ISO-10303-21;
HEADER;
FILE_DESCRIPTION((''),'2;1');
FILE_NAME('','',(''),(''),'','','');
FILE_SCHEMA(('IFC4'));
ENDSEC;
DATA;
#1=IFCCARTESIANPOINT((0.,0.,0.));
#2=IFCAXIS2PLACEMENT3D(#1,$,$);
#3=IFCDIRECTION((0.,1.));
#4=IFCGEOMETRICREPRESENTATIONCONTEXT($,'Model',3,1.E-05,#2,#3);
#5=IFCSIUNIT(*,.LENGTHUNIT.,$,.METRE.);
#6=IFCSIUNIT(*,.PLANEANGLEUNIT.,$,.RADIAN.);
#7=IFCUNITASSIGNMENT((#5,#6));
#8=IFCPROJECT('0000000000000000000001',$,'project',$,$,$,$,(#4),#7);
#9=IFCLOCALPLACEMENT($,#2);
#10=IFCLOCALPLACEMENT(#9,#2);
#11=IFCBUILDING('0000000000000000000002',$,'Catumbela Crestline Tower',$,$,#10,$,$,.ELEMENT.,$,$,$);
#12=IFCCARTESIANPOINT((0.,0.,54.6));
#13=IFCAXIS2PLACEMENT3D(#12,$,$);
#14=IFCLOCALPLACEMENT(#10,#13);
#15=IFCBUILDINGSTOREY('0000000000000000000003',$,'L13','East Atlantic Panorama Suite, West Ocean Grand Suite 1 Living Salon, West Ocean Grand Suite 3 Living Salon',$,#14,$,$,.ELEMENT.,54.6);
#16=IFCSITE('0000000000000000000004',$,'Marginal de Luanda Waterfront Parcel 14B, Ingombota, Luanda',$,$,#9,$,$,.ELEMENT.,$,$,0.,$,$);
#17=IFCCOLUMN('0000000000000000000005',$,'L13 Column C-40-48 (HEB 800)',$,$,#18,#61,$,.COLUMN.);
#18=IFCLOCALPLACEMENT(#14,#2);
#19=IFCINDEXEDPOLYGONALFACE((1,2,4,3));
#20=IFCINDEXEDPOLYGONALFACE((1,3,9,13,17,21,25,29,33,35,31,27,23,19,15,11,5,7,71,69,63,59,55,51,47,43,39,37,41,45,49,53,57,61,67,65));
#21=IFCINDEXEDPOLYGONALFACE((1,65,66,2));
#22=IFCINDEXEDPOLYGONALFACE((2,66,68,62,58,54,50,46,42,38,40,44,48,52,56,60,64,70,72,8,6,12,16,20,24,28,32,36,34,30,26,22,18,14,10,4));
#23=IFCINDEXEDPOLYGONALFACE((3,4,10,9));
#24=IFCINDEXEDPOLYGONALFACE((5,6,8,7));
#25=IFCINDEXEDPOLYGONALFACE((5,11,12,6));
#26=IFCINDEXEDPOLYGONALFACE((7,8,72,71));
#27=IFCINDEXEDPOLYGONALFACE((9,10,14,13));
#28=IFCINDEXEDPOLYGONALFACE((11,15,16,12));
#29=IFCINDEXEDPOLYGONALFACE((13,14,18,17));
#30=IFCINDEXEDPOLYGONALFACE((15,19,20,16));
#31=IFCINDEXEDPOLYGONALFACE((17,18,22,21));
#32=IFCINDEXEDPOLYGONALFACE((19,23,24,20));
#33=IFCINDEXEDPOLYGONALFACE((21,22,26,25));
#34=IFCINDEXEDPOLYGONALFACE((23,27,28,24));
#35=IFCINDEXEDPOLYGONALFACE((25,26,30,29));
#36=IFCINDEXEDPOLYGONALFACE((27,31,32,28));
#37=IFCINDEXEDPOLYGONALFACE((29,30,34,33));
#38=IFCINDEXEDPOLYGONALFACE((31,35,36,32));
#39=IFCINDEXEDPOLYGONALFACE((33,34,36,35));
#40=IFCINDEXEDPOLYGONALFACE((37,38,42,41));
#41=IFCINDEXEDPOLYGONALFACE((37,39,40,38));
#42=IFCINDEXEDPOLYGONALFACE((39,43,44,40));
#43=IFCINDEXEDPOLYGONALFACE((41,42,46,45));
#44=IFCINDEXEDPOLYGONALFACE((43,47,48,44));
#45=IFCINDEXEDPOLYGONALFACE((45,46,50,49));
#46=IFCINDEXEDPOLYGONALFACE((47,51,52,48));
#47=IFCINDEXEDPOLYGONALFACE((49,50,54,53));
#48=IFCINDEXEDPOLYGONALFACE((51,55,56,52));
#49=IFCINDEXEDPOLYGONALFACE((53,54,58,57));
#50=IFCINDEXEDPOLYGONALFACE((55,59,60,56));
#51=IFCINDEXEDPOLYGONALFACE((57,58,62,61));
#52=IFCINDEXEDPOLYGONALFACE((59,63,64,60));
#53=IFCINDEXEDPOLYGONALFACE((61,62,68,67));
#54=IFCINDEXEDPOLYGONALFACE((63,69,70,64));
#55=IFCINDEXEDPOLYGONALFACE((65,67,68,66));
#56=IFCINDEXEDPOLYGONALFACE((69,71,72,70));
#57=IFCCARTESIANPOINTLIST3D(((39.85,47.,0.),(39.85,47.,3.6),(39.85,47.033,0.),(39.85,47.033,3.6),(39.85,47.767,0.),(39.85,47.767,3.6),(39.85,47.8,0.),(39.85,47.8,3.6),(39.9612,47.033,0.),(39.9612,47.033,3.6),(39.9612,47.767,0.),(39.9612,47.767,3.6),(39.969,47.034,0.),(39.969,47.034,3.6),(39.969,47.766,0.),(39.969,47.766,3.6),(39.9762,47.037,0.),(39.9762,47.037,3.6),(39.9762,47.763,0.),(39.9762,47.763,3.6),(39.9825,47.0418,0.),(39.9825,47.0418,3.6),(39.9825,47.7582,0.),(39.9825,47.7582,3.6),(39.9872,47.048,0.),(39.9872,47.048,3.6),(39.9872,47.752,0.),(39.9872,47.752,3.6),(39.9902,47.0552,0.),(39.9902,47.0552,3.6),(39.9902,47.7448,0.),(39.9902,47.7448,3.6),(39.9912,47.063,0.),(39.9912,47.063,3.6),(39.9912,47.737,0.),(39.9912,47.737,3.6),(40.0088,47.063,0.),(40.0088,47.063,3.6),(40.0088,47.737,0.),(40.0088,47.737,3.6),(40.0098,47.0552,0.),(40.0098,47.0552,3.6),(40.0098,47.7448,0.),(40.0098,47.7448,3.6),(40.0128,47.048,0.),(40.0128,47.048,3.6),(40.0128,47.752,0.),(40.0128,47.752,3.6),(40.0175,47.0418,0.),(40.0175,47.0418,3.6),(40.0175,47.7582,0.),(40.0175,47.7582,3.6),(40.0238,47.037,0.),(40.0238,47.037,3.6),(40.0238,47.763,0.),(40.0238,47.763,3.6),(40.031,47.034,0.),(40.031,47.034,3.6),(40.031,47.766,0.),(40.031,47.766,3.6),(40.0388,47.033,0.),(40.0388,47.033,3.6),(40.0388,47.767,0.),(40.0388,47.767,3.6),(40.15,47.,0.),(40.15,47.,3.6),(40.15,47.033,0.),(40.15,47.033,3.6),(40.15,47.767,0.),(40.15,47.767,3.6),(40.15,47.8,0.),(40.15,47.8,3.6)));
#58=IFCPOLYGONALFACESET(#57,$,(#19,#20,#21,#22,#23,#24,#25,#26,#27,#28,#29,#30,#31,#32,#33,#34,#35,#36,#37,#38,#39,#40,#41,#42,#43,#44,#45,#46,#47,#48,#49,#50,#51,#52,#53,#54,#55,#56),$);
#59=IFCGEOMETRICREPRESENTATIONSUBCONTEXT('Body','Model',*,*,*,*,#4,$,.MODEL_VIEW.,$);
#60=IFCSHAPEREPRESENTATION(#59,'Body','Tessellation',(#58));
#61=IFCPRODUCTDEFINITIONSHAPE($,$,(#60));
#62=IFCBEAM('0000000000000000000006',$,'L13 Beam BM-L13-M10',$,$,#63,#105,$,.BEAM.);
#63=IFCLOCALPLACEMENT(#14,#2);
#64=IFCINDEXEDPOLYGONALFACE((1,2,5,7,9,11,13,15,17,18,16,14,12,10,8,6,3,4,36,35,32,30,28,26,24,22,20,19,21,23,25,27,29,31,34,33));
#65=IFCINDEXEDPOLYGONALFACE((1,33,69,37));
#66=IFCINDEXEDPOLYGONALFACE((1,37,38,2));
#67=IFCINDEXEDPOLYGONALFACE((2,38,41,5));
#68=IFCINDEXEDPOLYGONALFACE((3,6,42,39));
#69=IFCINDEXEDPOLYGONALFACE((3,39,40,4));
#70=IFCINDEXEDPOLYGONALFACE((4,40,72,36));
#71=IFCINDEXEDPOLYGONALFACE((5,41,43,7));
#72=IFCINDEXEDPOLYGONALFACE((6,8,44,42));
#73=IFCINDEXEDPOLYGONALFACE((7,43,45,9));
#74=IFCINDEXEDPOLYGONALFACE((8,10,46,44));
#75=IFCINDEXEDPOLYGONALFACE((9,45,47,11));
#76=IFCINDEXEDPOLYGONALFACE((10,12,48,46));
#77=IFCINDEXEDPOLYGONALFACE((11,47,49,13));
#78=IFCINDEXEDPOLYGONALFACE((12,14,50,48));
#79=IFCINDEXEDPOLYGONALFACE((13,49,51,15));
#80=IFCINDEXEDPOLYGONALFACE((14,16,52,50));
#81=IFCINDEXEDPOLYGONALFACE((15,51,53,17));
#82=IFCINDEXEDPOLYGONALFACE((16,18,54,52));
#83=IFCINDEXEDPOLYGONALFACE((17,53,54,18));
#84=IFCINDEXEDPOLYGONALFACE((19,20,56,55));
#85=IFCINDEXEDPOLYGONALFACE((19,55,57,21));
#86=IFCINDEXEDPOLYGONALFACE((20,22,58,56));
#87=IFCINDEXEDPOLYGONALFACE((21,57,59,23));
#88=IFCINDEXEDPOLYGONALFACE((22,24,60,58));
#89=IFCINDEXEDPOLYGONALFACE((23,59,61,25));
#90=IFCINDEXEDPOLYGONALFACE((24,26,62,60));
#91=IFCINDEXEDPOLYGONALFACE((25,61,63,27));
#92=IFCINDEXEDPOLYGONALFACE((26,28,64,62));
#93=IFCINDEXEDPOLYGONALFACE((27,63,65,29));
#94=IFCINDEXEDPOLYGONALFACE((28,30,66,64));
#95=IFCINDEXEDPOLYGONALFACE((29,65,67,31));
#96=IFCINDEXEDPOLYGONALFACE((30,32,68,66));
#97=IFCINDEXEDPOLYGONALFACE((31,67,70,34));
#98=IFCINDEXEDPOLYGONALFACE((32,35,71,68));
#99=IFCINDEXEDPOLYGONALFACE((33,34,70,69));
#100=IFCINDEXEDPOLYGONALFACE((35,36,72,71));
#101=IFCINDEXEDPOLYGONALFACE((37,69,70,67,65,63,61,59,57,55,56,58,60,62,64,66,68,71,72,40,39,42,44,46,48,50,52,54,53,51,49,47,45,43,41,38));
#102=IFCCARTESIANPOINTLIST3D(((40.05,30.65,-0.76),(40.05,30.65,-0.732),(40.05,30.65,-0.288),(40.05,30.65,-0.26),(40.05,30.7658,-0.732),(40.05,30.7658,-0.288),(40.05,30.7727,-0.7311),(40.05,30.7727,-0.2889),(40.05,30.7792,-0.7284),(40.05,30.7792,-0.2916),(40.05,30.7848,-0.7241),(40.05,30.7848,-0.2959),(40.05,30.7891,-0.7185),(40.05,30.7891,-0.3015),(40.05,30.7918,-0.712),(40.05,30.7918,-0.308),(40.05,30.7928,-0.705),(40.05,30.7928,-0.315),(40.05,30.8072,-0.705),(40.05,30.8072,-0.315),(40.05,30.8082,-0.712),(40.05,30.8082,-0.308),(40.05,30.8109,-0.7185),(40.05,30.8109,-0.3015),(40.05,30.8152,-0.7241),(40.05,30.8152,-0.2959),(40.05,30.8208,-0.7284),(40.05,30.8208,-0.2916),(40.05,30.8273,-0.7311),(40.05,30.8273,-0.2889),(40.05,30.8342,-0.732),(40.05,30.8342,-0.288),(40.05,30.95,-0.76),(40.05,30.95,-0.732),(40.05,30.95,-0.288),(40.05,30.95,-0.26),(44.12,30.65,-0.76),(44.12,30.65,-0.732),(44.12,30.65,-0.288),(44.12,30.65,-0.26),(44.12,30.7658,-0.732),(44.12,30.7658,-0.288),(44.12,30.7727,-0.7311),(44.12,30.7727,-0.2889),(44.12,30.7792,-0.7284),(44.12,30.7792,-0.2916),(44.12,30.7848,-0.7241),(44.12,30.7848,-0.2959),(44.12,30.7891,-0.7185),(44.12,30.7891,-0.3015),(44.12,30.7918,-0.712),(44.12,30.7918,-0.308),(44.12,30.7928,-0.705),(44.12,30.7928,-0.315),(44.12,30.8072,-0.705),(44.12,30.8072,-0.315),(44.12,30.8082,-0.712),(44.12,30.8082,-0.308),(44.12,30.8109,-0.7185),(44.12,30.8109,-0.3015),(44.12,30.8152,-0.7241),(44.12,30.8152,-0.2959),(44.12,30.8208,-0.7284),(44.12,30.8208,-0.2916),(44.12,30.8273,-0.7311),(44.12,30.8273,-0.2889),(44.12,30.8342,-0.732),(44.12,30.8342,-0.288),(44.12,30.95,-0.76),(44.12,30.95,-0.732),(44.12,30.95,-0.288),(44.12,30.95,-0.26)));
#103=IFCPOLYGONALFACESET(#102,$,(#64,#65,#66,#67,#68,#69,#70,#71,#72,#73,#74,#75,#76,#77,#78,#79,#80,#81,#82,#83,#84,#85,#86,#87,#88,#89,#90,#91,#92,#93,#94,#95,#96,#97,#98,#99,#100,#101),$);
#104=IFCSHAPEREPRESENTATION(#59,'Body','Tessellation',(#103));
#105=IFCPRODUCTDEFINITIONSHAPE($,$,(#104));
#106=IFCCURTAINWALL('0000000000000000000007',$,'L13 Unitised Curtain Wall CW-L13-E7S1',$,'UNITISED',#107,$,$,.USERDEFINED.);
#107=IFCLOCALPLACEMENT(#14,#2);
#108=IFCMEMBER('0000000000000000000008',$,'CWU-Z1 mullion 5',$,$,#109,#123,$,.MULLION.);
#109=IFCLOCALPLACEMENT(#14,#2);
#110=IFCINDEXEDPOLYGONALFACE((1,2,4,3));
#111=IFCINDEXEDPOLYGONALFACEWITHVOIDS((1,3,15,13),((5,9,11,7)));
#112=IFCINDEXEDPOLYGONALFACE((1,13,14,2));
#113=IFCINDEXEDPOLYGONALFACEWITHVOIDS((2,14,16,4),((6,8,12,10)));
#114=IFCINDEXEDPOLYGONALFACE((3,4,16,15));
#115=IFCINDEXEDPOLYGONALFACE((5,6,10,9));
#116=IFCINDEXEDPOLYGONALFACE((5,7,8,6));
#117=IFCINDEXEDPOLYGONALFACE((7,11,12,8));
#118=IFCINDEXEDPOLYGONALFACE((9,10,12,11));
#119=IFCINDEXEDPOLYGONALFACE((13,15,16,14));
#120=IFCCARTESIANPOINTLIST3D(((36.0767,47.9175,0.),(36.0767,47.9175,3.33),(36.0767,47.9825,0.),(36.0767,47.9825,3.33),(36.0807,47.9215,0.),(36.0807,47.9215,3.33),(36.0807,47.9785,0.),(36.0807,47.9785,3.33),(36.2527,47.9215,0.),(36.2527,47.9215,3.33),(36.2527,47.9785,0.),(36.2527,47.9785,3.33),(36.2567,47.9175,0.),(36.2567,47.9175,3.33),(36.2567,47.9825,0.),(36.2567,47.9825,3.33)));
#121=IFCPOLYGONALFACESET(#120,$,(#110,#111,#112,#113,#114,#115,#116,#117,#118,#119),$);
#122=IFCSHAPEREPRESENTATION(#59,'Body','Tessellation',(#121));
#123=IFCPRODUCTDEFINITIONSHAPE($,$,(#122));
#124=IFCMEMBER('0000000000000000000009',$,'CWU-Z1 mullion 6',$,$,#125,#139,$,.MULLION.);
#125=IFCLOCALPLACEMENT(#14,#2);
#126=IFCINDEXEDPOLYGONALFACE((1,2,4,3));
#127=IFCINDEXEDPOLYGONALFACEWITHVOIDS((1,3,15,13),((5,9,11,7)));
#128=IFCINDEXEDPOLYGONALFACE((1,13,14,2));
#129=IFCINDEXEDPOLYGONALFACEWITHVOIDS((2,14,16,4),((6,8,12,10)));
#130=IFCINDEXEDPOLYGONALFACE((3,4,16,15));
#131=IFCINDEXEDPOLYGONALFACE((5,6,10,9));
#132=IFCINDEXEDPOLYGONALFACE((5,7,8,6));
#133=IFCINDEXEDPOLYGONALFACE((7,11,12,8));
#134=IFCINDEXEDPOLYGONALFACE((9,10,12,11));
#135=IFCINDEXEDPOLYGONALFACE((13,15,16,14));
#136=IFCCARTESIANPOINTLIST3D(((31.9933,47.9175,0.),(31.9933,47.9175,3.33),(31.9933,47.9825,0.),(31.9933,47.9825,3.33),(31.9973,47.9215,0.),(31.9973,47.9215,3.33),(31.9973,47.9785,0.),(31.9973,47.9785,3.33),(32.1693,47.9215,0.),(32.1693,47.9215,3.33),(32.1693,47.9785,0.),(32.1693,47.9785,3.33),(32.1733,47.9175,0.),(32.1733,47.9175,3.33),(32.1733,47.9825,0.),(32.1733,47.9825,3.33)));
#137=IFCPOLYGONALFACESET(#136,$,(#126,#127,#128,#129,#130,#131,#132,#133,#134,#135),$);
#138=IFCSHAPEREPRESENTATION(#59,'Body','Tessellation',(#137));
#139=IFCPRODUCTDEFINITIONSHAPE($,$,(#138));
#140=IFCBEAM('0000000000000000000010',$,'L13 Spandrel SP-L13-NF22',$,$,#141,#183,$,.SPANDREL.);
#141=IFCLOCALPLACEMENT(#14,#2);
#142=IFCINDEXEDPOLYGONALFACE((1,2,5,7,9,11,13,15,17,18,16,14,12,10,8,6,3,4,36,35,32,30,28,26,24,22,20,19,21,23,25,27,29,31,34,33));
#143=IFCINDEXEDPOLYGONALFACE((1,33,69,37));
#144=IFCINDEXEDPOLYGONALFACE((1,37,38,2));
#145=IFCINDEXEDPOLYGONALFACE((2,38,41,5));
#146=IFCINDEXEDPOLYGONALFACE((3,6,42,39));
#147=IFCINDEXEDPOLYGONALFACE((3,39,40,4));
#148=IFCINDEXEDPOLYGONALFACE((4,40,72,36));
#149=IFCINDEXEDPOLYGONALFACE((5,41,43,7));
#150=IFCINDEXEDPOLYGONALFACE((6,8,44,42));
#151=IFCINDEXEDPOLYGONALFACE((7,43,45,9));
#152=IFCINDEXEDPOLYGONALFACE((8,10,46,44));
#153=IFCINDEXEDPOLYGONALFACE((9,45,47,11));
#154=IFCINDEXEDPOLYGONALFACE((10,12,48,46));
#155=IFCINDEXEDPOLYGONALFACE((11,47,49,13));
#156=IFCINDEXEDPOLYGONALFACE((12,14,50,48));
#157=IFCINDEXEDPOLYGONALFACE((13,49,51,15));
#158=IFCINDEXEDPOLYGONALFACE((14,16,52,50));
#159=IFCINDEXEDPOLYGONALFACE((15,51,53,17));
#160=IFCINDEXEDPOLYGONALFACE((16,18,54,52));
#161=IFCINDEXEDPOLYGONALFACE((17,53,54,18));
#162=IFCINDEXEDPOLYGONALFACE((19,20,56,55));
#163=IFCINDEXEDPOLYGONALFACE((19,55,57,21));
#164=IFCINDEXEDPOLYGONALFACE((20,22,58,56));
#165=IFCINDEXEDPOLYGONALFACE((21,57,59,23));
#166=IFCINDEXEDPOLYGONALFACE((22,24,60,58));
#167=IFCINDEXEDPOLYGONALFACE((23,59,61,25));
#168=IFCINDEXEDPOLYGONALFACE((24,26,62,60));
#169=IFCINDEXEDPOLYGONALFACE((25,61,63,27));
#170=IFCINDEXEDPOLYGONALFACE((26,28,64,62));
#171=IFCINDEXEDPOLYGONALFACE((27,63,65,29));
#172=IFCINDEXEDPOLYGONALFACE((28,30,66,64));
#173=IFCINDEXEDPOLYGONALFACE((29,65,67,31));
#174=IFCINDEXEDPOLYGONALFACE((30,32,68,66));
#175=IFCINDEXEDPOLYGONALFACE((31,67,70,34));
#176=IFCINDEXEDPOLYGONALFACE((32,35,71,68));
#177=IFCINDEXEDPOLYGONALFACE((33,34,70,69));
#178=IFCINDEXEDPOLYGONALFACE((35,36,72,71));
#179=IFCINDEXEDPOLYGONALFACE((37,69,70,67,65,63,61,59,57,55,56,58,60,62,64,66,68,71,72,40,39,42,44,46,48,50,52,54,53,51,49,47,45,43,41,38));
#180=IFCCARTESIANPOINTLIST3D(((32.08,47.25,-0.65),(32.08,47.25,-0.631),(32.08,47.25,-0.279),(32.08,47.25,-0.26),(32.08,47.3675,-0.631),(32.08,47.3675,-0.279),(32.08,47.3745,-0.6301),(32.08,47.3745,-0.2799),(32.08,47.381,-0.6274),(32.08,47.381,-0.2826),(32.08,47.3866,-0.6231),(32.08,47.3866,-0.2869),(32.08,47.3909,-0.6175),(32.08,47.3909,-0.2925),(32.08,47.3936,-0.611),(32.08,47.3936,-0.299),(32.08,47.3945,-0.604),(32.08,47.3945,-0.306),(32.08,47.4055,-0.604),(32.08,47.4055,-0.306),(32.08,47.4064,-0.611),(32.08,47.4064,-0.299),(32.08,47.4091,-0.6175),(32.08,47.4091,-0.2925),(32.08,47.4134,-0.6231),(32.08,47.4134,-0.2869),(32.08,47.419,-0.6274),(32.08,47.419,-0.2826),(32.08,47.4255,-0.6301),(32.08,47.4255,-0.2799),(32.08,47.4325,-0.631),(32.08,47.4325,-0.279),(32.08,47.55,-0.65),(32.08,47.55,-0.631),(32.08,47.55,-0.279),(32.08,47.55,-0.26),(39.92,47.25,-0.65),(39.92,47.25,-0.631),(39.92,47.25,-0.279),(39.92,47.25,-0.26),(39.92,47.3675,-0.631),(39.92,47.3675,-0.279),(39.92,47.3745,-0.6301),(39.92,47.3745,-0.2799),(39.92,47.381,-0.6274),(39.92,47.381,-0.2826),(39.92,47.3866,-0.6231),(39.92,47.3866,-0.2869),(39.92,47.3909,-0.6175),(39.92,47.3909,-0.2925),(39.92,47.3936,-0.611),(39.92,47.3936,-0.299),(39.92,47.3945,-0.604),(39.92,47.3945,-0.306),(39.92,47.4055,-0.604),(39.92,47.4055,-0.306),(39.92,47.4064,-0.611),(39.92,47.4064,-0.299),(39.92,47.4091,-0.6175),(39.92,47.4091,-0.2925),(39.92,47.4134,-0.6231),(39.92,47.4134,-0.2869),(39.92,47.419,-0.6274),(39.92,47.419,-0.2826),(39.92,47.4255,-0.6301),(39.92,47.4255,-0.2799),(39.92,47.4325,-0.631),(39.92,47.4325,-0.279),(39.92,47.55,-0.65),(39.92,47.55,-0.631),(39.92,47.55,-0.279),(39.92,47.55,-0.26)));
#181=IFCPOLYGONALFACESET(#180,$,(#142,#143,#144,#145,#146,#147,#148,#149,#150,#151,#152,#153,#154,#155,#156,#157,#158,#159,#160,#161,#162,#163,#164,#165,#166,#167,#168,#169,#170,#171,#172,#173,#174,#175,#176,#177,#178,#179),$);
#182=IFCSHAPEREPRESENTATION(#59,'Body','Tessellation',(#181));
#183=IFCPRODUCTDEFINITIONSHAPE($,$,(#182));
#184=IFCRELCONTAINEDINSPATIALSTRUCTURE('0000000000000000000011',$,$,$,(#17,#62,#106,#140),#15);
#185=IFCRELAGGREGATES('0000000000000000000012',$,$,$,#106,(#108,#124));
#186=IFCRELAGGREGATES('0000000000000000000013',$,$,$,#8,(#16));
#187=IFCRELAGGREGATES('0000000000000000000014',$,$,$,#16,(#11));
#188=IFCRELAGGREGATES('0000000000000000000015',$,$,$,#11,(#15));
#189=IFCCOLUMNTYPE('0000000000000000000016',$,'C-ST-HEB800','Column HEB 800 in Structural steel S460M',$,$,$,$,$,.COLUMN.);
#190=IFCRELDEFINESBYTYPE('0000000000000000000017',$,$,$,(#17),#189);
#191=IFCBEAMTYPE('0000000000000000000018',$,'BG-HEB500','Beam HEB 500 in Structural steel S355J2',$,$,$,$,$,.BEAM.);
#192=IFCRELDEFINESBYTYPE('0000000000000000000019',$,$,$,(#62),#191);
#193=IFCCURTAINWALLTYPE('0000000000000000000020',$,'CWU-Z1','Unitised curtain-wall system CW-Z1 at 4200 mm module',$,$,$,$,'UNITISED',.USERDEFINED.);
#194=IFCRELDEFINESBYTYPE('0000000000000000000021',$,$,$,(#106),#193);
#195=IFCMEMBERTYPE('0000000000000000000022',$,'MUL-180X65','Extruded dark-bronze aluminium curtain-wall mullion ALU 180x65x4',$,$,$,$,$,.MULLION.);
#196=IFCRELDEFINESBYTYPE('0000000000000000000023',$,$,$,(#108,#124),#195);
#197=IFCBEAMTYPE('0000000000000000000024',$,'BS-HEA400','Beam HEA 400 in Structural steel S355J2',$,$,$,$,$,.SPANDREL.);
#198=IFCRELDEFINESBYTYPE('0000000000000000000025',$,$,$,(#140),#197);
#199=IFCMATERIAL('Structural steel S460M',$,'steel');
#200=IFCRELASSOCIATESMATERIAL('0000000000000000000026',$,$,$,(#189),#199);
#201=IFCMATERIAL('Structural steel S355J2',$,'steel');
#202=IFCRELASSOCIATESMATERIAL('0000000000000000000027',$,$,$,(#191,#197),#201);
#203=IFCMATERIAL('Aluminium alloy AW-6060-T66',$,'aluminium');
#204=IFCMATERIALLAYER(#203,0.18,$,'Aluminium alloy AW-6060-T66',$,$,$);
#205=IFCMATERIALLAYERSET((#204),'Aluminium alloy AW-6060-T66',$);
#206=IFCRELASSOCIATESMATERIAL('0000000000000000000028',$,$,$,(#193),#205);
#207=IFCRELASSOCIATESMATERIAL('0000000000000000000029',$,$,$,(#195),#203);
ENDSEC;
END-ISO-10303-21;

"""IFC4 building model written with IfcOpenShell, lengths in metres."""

from ifc_helpers import new_model, si_unit, direction, frame, origin, origin_2d, place, context, subcontext, project, spatial, hollow_rectangle, i_section, extrude, material, layer, layer_set, material_profile, profile_set, type_object, element, aggregate, save


model = new_model("IFC4")

# Units and contexts
model_context = context("Model", 3, precision=1e-05, world=origin(), true_north=direction((0.0, 1.0)))
body_context = subcontext(model_context, "Body", "Model", "MODEL_VIEW")
ifc_project = project(units=[si_unit("LENGTHUNIT", "METRE"), si_unit("PLANEANGLEUNIT", "RADIAN")], contexts=[model_context])

# Site, building, storey
site_placement = place(None, origin())
site = spatial("IfcSite", under=ifc_project, at=site_placement, Name="Marginal de Luanda Waterfront Parcel 14B, Ingombota, Luanda", CompositionType="ELEMENT", RefElevation=0.0)
building_placement = place(site_placement, origin())
building = spatial("IfcBuilding", under=site, at=building_placement, Name="Catumbela Crestline Tower", CompositionType="ELEMENT")
storey_placement = place(building_placement, frame((0.0, 0.0, 54.6)))
storey = spatial("IfcBuildingStorey", under=building, at=storey_placement, Name="L13", Description="East Atlantic Panorama Suite, West Ocean Grand Suite 1 Living Salon, West Ocean Grand Suite 3 Living Salon", CompositionType="ELEMENT", Elevation=54.6)

# Column
ifc_material_1 = material(Name="Structural steel S460M", Category="steel")
ifc_material_profile_1 = material_profile(ifc_material_1, i_section(OverallWidth=0.3, OverallDepth=0.8, WebThickness=0.0175, FlangeThickness=0.033, FilletRadius=0.03, at=origin_2d()), Name="HEB 800")
ifc_profile_set_1 = profile_set([ifc_material_profile_1], Name="Structural steel S460M")
column_type = type_object("IfcColumnType", Name="C-ST-HEB800", Description="Column HEB 800 in Structural steel S460M", PredefinedType="COLUMN", material=ifc_profile_set_1)
column_placement = place(storey_placement, frame((40.0, 47.4, 0.0), z_axis=(0.0, 0.0, 1.0), x_axis=(1.0, 0.0, 0.0)))
element("IfcColumn", 1, at=column_placement, inside=storey, type_object=column_type, Name="L13 Column C-40-48 (HEB 800)", PredefinedType="COLUMN", context=body_context, shape_type="SweptSolid", body=[
    extrude(i_section(OverallWidth=0.3, OverallDepth=0.8, WebThickness=0.0175, FlangeThickness=0.033, FilletRadius=0.03, at=origin_2d()), origin(), (0.0, 0.0, 1.0), 3.6),
])

# Beam
ifc_material_2 = material(Name="Structural steel S355J2", Category="steel")
ifc_material_profile_2 = material_profile(ifc_material_2, i_section(OverallWidth=0.3, OverallDepth=0.5, WebThickness=0.0145, FlangeThickness=0.028, FilletRadius=0.027, at=origin_2d()), Name="HEB 500")
ifc_profile_set_2 = profile_set([ifc_material_profile_2], Name="Structural steel S355J2")
beam_type_1 = type_object("IfcBeamType", Name="BG-HEB500", Description="Beam HEB 500 in Structural steel S355J2", PredefinedType="BEAM", material=ifc_profile_set_2)
beam_1_placement = place(storey_placement, frame((40.05, 30.8, -0.51), z_axis=(1.0, 0.0, 0.0), x_axis=(0.0, 1.0, 0.0)))
element("IfcBeam", 2, at=beam_1_placement, inside=storey, type_object=beam_type_1, Name="L13 Beam BM-L13-M10", PredefinedType="BEAM", context=body_context, shape_type="SweptSolid", body=[
    extrude(i_section(OverallWidth=0.3, OverallDepth=0.5, WebThickness=0.0145, FlangeThickness=0.028, FilletRadius=0.027, at=origin_2d()), origin(), (0.0, 0.0, 1.0), 4.07),
])

# Curtain wall, members
ifc_material_3 = material(Name="Aluminium alloy AW-6060-T66", Category="aluminium")
ifc_layer_1 = layer(ifc_material_3, 0.18, Name="Aluminium alloy AW-6060-T66")
ifc_layer_set_1 = layer_set([ifc_layer_1], Name="Aluminium alloy AW-6060-T66")
curtain_wall_type = type_object("IfcCurtainWallType", Name="CWU-Z1", Description="Unitised curtain-wall system CW-Z1 at 4200 mm module", ElementType="UNITISED", PredefinedType="USERDEFINED", material=ifc_layer_set_1)
curtain_wall_placement = place(storey_placement, origin())
curtain_wall = element("IfcCurtainWall", 3, at=curtain_wall_placement, inside=storey, type_object=curtain_wall_type, Name="L13 Unitised Curtain Wall CW-L13-E7S1", ObjectType="UNITISED", PredefinedType="USERDEFINED")
ifc_material_profile_3 = material_profile(ifc_material_3, hollow_rectangle(XDim=0.065, YDim=0.18, WallThickness=0.004, at=origin_2d()), Name="ALU 180x65x4")
ifc_profile_set_3 = profile_set([ifc_material_profile_3], Name="Aluminium alloy AW-6060-T66")
member_type_1 = type_object("IfcMemberType", Name="MUL-180X65", Description="Extruded dark-bronze aluminium curtain-wall mullion ALU 180x65x4", PredefinedType="MULLION", material=ifc_profile_set_3)
member_1_placement = place(storey_placement, frame((36.1667, 47.95, 0.0), z_axis=(0.0, 0.0, 1.0), x_axis=(0.0, -1.0, 0.0)))
member_1 = element("IfcMember", 4, at=member_1_placement, type_object=member_type_1, Name="CWU-Z1 mullion 5", PredefinedType="MULLION", context=body_context, shape_type="SweptSolid", body=[
    extrude(hollow_rectangle(XDim=0.065, YDim=0.18, WallThickness=0.004, at=origin_2d()), origin(), (0.0, 0.0, 1.0), 3.33),
])
member_2_placement = place(storey_placement, frame((32.0833, 47.95, 0.0), z_axis=(0.0, 0.0, 1.0), x_axis=(0.0, -1.0, 0.0)))
member_2 = element("IfcMember", 5, at=member_2_placement, type_object=member_type_1, Name="CWU-Z1 mullion 6", PredefinedType="MULLION", context=body_context, shape_type="SweptSolid", body=[
    extrude(hollow_rectangle(XDim=0.065, YDim=0.18, WallThickness=0.004, at=origin_2d()), origin(), (0.0, 0.0, 1.0), 3.33),
])

# Beam
ifc_material_profile_4 = material_profile(ifc_material_2, i_section(OverallWidth=0.3, OverallDepth=0.39, WebThickness=0.011, FlangeThickness=0.019, FilletRadius=0.027, at=origin_2d()), Name="HEA 400")
ifc_profile_set_4 = profile_set([ifc_material_profile_4], Name="Structural steel S355J2")
beam_type_2 = type_object("IfcBeamType", Name="BS-HEA400", Description="Beam HEA 400 in Structural steel S355J2", PredefinedType="SPANDREL", material=ifc_profile_set_4)
beam_2_placement = place(storey_placement, frame((32.08, 47.4, -0.455), z_axis=(1.0, 0.0, 0.0), x_axis=(0.0, 1.0, 0.0)))
element("IfcBeam", 6, at=beam_2_placement, inside=storey, type_object=beam_type_2, Name="L13 Spandrel SP-L13-NF22", PredefinedType="SPANDREL", context=body_context, shape_type="SweptSolid", body=[
    extrude(i_section(OverallWidth=0.3, OverallDepth=0.39, WebThickness=0.011, FlangeThickness=0.019, FilletRadius=0.027, at=origin_2d()), origin(), (0.0, 0.0, 1.0), 7.84),
])

aggregate(curtain_wall, [member_1, member_2])

save(model, "model.ifc")
